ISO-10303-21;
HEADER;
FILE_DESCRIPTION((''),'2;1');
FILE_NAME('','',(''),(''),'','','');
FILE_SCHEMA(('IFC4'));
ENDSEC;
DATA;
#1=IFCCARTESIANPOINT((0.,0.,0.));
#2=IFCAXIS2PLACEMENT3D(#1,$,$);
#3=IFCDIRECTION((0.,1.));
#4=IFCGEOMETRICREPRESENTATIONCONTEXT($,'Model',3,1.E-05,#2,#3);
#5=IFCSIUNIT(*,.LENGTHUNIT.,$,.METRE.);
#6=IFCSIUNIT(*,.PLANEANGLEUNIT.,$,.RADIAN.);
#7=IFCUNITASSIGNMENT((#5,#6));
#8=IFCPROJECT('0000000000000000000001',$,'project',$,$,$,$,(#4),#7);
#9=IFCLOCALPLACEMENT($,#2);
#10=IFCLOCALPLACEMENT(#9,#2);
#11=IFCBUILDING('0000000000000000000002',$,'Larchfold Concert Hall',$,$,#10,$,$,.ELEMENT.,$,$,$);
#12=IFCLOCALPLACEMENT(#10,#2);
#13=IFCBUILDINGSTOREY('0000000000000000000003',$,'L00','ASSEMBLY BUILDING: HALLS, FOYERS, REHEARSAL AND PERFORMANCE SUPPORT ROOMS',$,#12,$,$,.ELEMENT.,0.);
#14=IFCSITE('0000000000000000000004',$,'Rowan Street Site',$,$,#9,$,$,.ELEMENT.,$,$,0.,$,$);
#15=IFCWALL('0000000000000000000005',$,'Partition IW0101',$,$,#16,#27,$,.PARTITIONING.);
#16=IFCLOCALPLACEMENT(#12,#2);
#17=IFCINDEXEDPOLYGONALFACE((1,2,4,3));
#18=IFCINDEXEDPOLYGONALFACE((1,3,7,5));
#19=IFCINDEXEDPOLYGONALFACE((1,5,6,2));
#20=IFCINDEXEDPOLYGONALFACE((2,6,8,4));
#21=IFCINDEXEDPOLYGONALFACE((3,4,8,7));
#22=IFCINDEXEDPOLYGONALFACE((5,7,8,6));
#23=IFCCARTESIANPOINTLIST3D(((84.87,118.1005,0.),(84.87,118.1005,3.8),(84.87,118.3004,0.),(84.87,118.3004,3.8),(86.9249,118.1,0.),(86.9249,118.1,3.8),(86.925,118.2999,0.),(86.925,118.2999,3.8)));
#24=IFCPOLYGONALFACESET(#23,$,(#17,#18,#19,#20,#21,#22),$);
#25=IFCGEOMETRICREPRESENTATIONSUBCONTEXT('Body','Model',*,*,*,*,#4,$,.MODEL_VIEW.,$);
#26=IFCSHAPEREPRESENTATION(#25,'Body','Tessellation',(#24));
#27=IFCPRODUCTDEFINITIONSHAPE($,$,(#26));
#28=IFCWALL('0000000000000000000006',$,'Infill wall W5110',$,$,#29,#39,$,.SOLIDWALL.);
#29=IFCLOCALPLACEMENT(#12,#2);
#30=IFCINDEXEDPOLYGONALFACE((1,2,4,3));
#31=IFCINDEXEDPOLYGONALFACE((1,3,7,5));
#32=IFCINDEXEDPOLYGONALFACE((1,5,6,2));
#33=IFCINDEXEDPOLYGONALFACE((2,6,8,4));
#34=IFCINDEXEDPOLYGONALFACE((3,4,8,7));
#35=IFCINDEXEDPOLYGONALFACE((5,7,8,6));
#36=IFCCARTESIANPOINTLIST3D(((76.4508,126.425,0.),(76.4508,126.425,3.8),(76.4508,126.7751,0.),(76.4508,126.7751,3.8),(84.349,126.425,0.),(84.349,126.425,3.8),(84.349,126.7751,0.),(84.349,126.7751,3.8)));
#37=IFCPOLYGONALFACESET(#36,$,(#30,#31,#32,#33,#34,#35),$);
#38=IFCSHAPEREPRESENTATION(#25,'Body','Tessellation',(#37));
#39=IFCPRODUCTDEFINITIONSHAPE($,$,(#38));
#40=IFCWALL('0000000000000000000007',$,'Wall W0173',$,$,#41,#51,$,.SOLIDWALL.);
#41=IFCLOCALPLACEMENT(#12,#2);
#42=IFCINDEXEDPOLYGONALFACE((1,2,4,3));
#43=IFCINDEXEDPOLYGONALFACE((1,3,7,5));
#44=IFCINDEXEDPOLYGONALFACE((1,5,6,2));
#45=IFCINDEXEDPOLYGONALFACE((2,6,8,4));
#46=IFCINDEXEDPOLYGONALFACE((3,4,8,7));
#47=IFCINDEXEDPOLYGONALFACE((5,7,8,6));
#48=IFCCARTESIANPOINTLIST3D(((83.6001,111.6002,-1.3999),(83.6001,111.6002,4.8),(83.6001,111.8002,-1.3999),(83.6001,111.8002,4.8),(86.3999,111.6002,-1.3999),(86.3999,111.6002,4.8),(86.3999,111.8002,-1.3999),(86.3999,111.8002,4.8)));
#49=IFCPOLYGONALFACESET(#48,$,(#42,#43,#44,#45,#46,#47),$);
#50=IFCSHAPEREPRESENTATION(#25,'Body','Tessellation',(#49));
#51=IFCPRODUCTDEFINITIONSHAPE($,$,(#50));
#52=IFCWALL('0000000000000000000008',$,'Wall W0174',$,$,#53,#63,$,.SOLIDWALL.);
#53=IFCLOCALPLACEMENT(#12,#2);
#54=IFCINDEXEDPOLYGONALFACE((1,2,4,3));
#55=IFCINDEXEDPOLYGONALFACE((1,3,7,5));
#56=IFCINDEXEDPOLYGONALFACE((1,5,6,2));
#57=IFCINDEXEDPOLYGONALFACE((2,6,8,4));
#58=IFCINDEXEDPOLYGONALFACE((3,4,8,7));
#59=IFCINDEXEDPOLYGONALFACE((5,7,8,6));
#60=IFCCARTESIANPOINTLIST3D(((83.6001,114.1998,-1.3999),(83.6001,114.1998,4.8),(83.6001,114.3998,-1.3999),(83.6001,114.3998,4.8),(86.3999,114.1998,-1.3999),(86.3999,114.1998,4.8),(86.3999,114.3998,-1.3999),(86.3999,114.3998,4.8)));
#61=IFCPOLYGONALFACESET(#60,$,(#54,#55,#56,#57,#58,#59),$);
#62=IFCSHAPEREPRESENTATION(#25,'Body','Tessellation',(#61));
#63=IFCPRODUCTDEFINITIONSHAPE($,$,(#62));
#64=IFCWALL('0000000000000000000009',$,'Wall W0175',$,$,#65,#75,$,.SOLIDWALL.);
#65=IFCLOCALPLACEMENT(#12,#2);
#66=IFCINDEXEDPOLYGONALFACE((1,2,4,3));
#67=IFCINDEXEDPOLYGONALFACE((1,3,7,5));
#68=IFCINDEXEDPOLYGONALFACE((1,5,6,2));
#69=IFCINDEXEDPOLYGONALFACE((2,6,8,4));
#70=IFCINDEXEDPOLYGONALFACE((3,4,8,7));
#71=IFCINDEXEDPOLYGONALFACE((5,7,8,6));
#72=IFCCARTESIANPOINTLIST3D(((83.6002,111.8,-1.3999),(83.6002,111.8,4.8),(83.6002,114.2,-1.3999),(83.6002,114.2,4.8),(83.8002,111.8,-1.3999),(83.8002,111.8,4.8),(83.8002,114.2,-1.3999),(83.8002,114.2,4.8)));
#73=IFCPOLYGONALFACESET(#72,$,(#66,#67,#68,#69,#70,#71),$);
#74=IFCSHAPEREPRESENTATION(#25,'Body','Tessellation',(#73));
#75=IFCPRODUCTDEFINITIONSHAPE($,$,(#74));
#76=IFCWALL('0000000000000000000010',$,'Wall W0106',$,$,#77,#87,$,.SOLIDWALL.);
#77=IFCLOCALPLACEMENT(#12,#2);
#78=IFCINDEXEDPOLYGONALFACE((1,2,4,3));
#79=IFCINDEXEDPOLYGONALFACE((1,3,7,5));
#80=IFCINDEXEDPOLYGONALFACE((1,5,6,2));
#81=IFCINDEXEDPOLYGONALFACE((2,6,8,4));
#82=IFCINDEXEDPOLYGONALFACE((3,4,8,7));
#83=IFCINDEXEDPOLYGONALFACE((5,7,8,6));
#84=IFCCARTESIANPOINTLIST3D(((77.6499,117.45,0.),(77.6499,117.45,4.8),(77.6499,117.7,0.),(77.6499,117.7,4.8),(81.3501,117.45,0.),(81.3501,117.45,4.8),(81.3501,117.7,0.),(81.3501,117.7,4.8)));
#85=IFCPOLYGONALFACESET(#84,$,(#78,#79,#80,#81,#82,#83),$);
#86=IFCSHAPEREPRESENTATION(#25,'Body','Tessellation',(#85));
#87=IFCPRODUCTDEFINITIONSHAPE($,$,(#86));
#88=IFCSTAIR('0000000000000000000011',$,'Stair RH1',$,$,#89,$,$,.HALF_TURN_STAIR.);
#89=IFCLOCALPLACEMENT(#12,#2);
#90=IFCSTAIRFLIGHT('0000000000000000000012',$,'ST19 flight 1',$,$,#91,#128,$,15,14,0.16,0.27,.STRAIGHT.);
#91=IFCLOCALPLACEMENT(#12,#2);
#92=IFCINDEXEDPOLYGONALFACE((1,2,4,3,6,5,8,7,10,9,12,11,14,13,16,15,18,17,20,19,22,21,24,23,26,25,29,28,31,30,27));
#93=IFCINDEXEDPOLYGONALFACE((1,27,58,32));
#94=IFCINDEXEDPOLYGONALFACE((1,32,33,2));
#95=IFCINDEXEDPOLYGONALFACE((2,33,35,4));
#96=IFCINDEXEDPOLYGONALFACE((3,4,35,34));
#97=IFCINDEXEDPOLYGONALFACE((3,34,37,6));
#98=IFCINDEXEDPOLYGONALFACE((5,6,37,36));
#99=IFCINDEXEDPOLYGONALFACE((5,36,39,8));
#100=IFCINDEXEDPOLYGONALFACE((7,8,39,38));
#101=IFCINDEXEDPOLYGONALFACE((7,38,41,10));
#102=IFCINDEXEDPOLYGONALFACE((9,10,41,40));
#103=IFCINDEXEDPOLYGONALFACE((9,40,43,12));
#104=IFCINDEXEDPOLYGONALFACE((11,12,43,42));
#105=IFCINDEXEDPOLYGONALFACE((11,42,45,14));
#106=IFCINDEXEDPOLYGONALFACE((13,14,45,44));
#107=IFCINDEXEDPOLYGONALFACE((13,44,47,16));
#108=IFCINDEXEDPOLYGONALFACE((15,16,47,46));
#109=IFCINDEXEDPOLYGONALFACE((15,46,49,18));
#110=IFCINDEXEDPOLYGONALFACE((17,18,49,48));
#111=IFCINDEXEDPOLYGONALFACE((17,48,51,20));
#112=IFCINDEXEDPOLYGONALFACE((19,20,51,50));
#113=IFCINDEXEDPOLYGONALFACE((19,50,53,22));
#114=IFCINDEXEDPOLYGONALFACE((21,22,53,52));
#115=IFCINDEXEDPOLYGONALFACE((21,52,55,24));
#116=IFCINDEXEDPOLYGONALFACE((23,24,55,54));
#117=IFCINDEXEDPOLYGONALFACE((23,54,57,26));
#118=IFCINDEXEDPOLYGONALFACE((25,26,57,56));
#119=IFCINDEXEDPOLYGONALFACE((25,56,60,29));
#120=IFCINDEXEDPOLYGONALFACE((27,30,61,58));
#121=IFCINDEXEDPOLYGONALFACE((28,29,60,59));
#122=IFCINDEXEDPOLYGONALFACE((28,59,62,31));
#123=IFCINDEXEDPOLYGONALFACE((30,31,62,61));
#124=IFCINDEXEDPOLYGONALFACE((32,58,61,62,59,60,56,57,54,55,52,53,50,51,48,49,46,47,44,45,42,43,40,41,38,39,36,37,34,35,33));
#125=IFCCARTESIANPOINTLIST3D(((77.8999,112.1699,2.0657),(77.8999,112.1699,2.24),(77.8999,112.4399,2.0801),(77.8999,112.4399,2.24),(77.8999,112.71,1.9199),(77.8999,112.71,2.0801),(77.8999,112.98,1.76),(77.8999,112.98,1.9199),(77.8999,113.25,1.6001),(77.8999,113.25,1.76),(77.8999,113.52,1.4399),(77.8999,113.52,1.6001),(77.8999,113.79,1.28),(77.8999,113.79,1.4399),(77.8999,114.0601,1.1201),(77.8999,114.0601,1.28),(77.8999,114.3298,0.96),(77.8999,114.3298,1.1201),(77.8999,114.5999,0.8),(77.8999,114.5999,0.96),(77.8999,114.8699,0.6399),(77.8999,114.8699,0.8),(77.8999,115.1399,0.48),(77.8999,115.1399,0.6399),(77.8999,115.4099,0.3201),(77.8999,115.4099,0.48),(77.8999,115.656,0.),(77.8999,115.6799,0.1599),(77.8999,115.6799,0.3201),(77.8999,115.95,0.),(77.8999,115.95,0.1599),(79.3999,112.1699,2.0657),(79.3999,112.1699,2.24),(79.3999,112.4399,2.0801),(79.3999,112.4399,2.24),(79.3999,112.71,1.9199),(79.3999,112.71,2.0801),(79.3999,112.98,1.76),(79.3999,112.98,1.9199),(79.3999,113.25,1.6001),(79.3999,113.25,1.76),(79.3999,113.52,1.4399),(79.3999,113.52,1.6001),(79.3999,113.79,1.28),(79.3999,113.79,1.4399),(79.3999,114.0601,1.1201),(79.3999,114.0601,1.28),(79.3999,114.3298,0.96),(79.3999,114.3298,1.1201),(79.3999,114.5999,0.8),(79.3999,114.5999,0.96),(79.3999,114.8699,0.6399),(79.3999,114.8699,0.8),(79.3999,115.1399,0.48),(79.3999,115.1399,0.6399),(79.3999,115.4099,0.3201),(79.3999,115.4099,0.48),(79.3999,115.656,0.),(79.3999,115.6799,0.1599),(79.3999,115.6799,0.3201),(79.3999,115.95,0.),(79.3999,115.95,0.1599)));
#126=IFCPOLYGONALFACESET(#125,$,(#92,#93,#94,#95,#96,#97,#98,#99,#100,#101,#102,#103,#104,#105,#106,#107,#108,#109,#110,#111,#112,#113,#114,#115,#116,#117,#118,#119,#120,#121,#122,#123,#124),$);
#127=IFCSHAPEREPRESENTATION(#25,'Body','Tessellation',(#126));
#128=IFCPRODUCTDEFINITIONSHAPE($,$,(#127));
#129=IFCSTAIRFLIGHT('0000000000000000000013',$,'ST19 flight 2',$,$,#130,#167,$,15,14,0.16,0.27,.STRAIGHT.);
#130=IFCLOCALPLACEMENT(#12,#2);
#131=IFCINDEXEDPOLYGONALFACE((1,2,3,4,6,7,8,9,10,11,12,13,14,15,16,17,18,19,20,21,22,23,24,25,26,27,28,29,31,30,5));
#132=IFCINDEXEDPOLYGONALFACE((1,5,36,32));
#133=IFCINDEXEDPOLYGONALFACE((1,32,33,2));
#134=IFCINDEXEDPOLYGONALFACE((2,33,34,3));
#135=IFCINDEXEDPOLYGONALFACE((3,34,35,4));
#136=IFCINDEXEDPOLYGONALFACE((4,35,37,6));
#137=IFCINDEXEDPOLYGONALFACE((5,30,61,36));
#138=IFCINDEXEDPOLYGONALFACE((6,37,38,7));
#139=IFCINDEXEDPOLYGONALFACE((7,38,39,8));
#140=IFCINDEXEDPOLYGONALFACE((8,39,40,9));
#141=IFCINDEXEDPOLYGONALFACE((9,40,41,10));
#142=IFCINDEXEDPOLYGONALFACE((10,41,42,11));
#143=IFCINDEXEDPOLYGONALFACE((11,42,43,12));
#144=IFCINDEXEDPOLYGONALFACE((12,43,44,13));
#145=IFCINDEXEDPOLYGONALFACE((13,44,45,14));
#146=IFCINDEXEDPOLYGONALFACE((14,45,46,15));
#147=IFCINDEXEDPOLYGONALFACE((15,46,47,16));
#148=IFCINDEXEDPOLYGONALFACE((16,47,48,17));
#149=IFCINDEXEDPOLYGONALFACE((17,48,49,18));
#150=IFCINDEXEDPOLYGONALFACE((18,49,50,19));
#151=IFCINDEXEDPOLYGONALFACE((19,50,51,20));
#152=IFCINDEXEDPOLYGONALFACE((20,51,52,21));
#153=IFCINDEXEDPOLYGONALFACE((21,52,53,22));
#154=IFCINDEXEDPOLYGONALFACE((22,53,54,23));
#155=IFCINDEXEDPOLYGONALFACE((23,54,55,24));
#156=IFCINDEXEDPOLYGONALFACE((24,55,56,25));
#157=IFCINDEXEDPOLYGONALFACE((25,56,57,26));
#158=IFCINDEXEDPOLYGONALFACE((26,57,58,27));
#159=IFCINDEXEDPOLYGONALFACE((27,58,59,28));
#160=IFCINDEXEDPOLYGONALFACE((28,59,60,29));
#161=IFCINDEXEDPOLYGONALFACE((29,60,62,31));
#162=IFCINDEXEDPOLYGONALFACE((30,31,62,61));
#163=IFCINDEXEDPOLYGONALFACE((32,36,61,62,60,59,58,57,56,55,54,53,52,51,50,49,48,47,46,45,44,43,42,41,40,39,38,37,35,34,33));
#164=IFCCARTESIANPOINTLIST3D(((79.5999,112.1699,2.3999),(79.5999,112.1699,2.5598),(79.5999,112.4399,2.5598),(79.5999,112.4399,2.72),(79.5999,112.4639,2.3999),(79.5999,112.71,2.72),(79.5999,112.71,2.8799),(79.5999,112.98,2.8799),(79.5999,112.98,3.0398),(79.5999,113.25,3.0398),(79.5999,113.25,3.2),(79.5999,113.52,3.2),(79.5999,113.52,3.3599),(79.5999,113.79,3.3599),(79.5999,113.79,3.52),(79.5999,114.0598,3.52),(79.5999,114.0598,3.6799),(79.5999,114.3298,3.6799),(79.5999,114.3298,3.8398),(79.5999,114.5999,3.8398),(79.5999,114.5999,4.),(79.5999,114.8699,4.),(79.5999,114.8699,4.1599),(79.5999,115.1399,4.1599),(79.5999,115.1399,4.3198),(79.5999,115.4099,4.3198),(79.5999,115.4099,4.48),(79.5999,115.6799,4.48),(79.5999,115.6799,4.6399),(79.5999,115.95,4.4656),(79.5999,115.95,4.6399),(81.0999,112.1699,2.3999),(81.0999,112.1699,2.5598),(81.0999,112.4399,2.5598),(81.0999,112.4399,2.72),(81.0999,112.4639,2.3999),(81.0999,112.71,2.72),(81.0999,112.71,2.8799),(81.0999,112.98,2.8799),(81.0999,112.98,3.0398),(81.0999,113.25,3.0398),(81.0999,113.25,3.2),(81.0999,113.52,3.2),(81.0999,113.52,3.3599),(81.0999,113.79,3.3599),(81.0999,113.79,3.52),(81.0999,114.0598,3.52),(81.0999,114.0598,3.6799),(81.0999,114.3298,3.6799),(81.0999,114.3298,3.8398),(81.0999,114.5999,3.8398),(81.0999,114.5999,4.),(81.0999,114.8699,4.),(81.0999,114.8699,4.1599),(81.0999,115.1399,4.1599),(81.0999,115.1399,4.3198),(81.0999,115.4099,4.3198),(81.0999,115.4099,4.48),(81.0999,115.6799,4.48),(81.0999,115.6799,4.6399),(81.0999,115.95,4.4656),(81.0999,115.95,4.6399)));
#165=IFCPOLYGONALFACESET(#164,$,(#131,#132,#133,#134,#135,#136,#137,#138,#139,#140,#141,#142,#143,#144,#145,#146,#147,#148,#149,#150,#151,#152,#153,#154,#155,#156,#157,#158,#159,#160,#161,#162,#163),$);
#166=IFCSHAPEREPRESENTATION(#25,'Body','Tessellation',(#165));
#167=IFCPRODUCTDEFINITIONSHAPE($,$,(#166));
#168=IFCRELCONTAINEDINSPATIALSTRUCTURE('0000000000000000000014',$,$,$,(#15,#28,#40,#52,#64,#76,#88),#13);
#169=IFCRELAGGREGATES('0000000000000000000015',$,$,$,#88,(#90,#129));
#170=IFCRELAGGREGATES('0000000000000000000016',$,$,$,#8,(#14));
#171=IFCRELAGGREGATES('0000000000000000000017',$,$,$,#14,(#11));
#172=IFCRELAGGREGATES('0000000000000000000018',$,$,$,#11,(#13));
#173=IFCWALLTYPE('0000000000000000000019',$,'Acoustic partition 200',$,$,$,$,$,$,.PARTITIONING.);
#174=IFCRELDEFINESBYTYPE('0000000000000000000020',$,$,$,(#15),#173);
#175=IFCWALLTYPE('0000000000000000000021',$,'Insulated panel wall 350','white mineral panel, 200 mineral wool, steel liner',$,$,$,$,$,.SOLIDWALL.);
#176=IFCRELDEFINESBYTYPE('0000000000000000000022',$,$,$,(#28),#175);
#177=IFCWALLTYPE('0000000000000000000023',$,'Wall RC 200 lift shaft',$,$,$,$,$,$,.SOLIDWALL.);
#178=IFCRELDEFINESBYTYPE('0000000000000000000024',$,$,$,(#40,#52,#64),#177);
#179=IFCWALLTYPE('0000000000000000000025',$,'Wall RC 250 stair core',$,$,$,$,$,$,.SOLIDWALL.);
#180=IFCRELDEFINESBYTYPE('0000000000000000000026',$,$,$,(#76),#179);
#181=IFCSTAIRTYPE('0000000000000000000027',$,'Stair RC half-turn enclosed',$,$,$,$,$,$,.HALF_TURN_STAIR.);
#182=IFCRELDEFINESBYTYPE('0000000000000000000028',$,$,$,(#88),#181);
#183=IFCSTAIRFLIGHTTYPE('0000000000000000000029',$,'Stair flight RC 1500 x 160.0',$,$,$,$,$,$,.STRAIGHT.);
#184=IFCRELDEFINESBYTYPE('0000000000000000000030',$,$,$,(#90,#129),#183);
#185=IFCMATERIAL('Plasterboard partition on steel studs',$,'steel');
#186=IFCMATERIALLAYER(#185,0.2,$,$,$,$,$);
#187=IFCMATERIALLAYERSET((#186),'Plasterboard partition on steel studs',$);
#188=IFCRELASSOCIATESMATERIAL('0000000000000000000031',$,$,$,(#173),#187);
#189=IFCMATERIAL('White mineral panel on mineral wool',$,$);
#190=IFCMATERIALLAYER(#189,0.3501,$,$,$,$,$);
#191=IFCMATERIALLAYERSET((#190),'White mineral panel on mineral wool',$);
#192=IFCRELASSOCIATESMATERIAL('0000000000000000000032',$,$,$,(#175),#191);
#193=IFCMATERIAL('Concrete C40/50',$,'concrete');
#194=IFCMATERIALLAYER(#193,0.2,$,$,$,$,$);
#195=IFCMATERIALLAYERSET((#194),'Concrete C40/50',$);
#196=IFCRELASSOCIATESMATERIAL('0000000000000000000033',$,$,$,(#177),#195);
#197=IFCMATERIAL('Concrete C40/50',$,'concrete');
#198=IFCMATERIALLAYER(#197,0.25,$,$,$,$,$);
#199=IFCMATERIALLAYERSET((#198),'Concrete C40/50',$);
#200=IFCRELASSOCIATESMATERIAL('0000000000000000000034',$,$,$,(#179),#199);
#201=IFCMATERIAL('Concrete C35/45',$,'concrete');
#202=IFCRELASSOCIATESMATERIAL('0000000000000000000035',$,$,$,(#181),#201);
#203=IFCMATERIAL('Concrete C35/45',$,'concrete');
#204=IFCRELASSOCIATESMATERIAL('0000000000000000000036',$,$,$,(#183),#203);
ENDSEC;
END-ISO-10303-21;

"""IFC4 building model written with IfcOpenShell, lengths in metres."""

from ifc_helpers import new_model, si_unit, direction, frame, frame_2d, origin, place, context, subcontext, project, spatial, polyline, rectangle, outline, extrude, material, layer, layer_set, type_object, element, aggregate, save


model = new_model("IFC4")

# Units and contexts
model_context = context("Model", 3, precision=1e-05, world=origin(), true_north=direction((0.0, 1.0)))
body_context = subcontext(model_context, "Body", "Model", "MODEL_VIEW")
ifc_project = project(units=[si_unit("LENGTHUNIT", "METRE"), si_unit("PLANEANGLEUNIT", "RADIAN")], contexts=[model_context])

# Site, building, storey
site_placement = place(None, origin())
site = spatial("IfcSite", under=ifc_project, at=site_placement, Name="Rowan Street Site", CompositionType="ELEMENT", RefElevation=0.0)
building_placement = place(site_placement, origin())
building = spatial("IfcBuilding", under=site, at=building_placement, Name="Larchfold Concert Hall", CompositionType="ELEMENT")
storey_placement = place(building_placement, origin())
storey = spatial("IfcBuildingStorey", under=building, at=storey_placement, Name="L00", Description="ASSEMBLY BUILDING: HALLS, FOYERS, REHEARSAL AND PERFORMANCE SUPPORT ROOMS", CompositionType="ELEMENT", Elevation=0.0)

# Walls
ifc_material_1 = material(Name="Plasterboard partition on steel studs", Category="steel")
ifc_layer_1 = layer(ifc_material_1, 0.2)
ifc_layer_set_1 = layer_set([ifc_layer_1], Name="Plasterboard partition on steel studs")
wall_type_1 = type_object("IfcWallType", Name="Acoustic partition 200", PredefinedType="PARTITIONING", material=ifc_layer_set_1)
wall_1_placement = place(storey_placement, frame((84.8701, 118.2004, 0.0), z_axis=(0.0, 0.0, 1.0), x_axis=(1.0, -0.000238, 0.0)))
element("IfcWall", 1, at=wall_1_placement, inside=storey, type_object=wall_type_1, Name="Partition IW0101", PredefinedType="PARTITIONING", context=body_context, shape_type="SweptSolid", body=[
    extrude(rectangle(XDim=2.0549, YDim=0.2, at=frame_2d((1.0273, 0.0))), origin(), (0.0, 0.0, 1.0), 3.8),
])
ifc_material_2 = material(Name="White mineral panel on mineral wool")
ifc_layer_2 = layer(ifc_material_2, 0.3501)
ifc_layer_set_2 = layer_set([ifc_layer_2], Name="White mineral panel on mineral wool")
wall_type_2 = type_object("IfcWallType", Name="Insulated panel wall 350", Description="white mineral panel, 200 mineral wool, steel liner", PredefinedType="SOLIDWALL", material=ifc_layer_set_2)
wall_2_placement = place(storey_placement, frame((84.3491, 126.6001, 0.0), z_axis=(0.0, 0.0, 1.0), x_axis=(-1.0, 0.0, 0.0)))
element("IfcWall", 2, at=wall_2_placement, inside=storey, type_object=wall_type_2, Name="Infill wall W5110", PredefinedType="SOLIDWALL", context=body_context, shape_type="SweptSolid", body=[
    extrude(rectangle(XDim=7.8982, YDim=0.3501, at=frame_2d((3.9492, 0.0))), origin(), (0.0, 0.0, 1.0), 3.8),
])
ifc_material_3 = material(Name="Concrete C40/50", Category="concrete")
ifc_layer_3 = layer(ifc_material_3, 0.2)
ifc_layer_set_3 = layer_set([ifc_layer_3], Name="Concrete C40/50")
wall_type_3 = type_object("IfcWallType", Name="Wall RC 200 lift shaft", PredefinedType="SOLIDWALL", material=ifc_layer_set_3)
for number, where, z_axis, x_axis, name in (
    (3, (83.6001, 111.7002, -1.3999), (0.0, 0.0, 1.0), (1.0, 0.0, 0.0), "Wall W0173"),
    (4, (83.6001, 114.2998, -1.3999), (0.0, 0.0, 1.0), (1.0, 0.0, 0.0), "Wall W0174"),
):
    element("IfcWall", number, at=place(storey_placement, frame(where, z_axis=z_axis, x_axis=x_axis)), inside=storey, type_object=wall_type_3, Name=name, PredefinedType="SOLIDWALL", context=body_context, shape_type="SweptSolid", body=[
        extrude(rectangle(XDim=2.7998, YDim=0.2, at=frame_2d((1.3999, 0.0))), origin(), (0.0, 0.0, 1.0), 6.2),
    ])
wall_3_placement = place(storey_placement, frame((83.7002, 111.8, -1.3999), z_axis=(0.0, 0.0, 1.0), x_axis=(0.0, 1.0, 0.0)))
element("IfcWall", 5, at=wall_3_placement, inside=storey, type_object=wall_type_3, Name="Wall W0175", PredefinedType="SOLIDWALL", context=body_context, shape_type="SweptSolid", body=[
    extrude(rectangle(XDim=2.3999, YDim=0.2, at=frame_2d((1.2, 0.0))), origin(), (0.0, 0.0, 1.0), 6.2),
])
ifc_material_4 = material(Name="Concrete C40/50", Category="concrete")
ifc_layer_4 = layer(ifc_material_4, 0.25)
ifc_layer_set_4 = layer_set([ifc_layer_4], Name="Concrete C40/50")
wall_type_4 = type_object("IfcWallType", Name="Wall RC 250 stair core", PredefinedType="SOLIDWALL", material=ifc_layer_set_4)
wall_4_placement = place(storey_placement, frame((77.6499, 117.575, 0.0), z_axis=(0.0, 0.0, 1.0), x_axis=(1.0, 0.0, 0.0)))
element("IfcWall", 6, at=wall_4_placement, inside=storey, type_object=wall_type_4, Name="Wall W0106", PredefinedType="SOLIDWALL", context=body_context, shape_type="SweptSolid", body=[
    extrude(rectangle(XDim=3.7002, YDim=0.25, at=frame_2d((1.8501, 0.0))), origin(), (0.0, 0.0, 1.0), 4.8),
])

# Stair, stair flights
ifc_material_5 = material(Name="Concrete C35/45", Category="concrete")
stair_type = type_object("IfcStairType", Name="Stair RC half-turn enclosed", PredefinedType="HALF_TURN_STAIR", material=ifc_material_5)
stair_placement = place(storey_placement, origin())
stair = element("IfcStair", 7, at=stair_placement, inside=storey, type_object=stair_type, Name="Stair RH1", PredefinedType="HALF_TURN_STAIR")
ifc_material_6 = material(Name="Concrete C35/45", Category="concrete")
stair_flight_type = type_object("IfcStairFlightType", Name="Stair flight RC 1500 x 160.0", PredefinedType="STRAIGHT", material=ifc_material_6)
stair_flight_1_placement = place(storey_placement, frame((78.6499, 115.95, 0.0), z_axis=(0.0, 0.0, 1.0), x_axis=(0.0, -1.0, 0.0)))
stair_flight_1 = element("IfcStairFlight", 8, at=stair_flight_1_placement, type_object=stair_flight_type, Name="ST19 flight 1", NumberOfRisers=15, NumberOfTreads=14, PredefinedType="STRAIGHT", RiserHeight=0.16, TreadLength=0.27, context=body_context, shape_type="SweptSolid", body=[
    extrude(outline(polyline([(0.0, 0.0), (0.0, 0.1599), (0.27, 0.1599), (0.27, 0.3201), (0.54, 0.3201), (0.54, 0.48), (0.8101, 0.48), (0.8101, 0.6399), (1.0801, 0.6399), (1.0801, 0.8), (1.3501, 0.8), (1.3501, 0.96), (1.6201, 0.96), (1.6201, 1.1201), (1.8899, 1.1201), (1.8899, 1.28), (2.1599, 1.28), (2.1599, 1.4399), (2.4299, 1.4399), (2.4299, 1.6001), (2.7, 1.6001), (2.7, 1.76), (2.97, 1.76), (2.97, 1.9199), (3.24, 1.9199), (3.24, 2.0801), (3.51, 2.0801), (3.51, 2.24), (3.78, 2.24), (3.78, 2.3999), (3.78, 2.0657), (0.2939, 0.0), (0.0, 0.0)])), frame((0.0, 0.75, 0.0), z_axis=(0.0, -1.0, 0.0), x_axis=(1.0, 0.0, 0.0)), (0.0, 0.0, 1.0), 1.5),
])
stair_flight_2_placement = place(storey_placement, frame((80.3499, 112.1699, 2.3999), z_axis=(0.0, 0.0, 1.0), x_axis=(0.0, 1.0, 0.0)))
stair_flight_2 = element("IfcStairFlight", 9, at=stair_flight_2_placement, type_object=stair_flight_type, Name="ST19 flight 2", NumberOfRisers=15, NumberOfTreads=14, PredefinedType="STRAIGHT", RiserHeight=0.16, TreadLength=0.27, context=body_context, shape_type="SweptSolid", body=[
    extrude(outline(polyline([(0.0, 0.0), (0.0, 0.1599), (0.27, 0.1599), (0.27, 0.3201), (0.54, 0.3201), (0.54, 0.48), (0.8101, 0.48), (0.8101, 0.6399), (1.0801, 0.6399), (1.0801, 0.8), (1.3501, 0.8), (1.3501, 0.96), (1.6201, 0.96), (1.6201, 1.1201), (1.8899, 1.1201), (1.8899, 1.28), (2.1599, 1.28), (2.1599, 1.4399), (2.4299, 1.4399), (2.4299, 1.6001), (2.7, 1.6001), (2.7, 1.76), (2.97, 1.76), (2.97, 1.9199), (3.24, 1.9199), (3.24, 2.0801), (3.51, 2.0801), (3.51, 2.24), (3.78, 2.24), (3.78, 2.3999), (3.78, 2.0657), (0.2939, 0.0), (0.0, 0.0)])), frame((0.0, 0.75, 0.0), z_axis=(0.0, -1.0, 0.0), x_axis=(1.0, 0.0, 0.0)), (0.0, 0.0, 1.0), 1.5),
])
aggregate(stair, [stair_flight_1, stair_flight_2])

save(model, "model.ifc")
